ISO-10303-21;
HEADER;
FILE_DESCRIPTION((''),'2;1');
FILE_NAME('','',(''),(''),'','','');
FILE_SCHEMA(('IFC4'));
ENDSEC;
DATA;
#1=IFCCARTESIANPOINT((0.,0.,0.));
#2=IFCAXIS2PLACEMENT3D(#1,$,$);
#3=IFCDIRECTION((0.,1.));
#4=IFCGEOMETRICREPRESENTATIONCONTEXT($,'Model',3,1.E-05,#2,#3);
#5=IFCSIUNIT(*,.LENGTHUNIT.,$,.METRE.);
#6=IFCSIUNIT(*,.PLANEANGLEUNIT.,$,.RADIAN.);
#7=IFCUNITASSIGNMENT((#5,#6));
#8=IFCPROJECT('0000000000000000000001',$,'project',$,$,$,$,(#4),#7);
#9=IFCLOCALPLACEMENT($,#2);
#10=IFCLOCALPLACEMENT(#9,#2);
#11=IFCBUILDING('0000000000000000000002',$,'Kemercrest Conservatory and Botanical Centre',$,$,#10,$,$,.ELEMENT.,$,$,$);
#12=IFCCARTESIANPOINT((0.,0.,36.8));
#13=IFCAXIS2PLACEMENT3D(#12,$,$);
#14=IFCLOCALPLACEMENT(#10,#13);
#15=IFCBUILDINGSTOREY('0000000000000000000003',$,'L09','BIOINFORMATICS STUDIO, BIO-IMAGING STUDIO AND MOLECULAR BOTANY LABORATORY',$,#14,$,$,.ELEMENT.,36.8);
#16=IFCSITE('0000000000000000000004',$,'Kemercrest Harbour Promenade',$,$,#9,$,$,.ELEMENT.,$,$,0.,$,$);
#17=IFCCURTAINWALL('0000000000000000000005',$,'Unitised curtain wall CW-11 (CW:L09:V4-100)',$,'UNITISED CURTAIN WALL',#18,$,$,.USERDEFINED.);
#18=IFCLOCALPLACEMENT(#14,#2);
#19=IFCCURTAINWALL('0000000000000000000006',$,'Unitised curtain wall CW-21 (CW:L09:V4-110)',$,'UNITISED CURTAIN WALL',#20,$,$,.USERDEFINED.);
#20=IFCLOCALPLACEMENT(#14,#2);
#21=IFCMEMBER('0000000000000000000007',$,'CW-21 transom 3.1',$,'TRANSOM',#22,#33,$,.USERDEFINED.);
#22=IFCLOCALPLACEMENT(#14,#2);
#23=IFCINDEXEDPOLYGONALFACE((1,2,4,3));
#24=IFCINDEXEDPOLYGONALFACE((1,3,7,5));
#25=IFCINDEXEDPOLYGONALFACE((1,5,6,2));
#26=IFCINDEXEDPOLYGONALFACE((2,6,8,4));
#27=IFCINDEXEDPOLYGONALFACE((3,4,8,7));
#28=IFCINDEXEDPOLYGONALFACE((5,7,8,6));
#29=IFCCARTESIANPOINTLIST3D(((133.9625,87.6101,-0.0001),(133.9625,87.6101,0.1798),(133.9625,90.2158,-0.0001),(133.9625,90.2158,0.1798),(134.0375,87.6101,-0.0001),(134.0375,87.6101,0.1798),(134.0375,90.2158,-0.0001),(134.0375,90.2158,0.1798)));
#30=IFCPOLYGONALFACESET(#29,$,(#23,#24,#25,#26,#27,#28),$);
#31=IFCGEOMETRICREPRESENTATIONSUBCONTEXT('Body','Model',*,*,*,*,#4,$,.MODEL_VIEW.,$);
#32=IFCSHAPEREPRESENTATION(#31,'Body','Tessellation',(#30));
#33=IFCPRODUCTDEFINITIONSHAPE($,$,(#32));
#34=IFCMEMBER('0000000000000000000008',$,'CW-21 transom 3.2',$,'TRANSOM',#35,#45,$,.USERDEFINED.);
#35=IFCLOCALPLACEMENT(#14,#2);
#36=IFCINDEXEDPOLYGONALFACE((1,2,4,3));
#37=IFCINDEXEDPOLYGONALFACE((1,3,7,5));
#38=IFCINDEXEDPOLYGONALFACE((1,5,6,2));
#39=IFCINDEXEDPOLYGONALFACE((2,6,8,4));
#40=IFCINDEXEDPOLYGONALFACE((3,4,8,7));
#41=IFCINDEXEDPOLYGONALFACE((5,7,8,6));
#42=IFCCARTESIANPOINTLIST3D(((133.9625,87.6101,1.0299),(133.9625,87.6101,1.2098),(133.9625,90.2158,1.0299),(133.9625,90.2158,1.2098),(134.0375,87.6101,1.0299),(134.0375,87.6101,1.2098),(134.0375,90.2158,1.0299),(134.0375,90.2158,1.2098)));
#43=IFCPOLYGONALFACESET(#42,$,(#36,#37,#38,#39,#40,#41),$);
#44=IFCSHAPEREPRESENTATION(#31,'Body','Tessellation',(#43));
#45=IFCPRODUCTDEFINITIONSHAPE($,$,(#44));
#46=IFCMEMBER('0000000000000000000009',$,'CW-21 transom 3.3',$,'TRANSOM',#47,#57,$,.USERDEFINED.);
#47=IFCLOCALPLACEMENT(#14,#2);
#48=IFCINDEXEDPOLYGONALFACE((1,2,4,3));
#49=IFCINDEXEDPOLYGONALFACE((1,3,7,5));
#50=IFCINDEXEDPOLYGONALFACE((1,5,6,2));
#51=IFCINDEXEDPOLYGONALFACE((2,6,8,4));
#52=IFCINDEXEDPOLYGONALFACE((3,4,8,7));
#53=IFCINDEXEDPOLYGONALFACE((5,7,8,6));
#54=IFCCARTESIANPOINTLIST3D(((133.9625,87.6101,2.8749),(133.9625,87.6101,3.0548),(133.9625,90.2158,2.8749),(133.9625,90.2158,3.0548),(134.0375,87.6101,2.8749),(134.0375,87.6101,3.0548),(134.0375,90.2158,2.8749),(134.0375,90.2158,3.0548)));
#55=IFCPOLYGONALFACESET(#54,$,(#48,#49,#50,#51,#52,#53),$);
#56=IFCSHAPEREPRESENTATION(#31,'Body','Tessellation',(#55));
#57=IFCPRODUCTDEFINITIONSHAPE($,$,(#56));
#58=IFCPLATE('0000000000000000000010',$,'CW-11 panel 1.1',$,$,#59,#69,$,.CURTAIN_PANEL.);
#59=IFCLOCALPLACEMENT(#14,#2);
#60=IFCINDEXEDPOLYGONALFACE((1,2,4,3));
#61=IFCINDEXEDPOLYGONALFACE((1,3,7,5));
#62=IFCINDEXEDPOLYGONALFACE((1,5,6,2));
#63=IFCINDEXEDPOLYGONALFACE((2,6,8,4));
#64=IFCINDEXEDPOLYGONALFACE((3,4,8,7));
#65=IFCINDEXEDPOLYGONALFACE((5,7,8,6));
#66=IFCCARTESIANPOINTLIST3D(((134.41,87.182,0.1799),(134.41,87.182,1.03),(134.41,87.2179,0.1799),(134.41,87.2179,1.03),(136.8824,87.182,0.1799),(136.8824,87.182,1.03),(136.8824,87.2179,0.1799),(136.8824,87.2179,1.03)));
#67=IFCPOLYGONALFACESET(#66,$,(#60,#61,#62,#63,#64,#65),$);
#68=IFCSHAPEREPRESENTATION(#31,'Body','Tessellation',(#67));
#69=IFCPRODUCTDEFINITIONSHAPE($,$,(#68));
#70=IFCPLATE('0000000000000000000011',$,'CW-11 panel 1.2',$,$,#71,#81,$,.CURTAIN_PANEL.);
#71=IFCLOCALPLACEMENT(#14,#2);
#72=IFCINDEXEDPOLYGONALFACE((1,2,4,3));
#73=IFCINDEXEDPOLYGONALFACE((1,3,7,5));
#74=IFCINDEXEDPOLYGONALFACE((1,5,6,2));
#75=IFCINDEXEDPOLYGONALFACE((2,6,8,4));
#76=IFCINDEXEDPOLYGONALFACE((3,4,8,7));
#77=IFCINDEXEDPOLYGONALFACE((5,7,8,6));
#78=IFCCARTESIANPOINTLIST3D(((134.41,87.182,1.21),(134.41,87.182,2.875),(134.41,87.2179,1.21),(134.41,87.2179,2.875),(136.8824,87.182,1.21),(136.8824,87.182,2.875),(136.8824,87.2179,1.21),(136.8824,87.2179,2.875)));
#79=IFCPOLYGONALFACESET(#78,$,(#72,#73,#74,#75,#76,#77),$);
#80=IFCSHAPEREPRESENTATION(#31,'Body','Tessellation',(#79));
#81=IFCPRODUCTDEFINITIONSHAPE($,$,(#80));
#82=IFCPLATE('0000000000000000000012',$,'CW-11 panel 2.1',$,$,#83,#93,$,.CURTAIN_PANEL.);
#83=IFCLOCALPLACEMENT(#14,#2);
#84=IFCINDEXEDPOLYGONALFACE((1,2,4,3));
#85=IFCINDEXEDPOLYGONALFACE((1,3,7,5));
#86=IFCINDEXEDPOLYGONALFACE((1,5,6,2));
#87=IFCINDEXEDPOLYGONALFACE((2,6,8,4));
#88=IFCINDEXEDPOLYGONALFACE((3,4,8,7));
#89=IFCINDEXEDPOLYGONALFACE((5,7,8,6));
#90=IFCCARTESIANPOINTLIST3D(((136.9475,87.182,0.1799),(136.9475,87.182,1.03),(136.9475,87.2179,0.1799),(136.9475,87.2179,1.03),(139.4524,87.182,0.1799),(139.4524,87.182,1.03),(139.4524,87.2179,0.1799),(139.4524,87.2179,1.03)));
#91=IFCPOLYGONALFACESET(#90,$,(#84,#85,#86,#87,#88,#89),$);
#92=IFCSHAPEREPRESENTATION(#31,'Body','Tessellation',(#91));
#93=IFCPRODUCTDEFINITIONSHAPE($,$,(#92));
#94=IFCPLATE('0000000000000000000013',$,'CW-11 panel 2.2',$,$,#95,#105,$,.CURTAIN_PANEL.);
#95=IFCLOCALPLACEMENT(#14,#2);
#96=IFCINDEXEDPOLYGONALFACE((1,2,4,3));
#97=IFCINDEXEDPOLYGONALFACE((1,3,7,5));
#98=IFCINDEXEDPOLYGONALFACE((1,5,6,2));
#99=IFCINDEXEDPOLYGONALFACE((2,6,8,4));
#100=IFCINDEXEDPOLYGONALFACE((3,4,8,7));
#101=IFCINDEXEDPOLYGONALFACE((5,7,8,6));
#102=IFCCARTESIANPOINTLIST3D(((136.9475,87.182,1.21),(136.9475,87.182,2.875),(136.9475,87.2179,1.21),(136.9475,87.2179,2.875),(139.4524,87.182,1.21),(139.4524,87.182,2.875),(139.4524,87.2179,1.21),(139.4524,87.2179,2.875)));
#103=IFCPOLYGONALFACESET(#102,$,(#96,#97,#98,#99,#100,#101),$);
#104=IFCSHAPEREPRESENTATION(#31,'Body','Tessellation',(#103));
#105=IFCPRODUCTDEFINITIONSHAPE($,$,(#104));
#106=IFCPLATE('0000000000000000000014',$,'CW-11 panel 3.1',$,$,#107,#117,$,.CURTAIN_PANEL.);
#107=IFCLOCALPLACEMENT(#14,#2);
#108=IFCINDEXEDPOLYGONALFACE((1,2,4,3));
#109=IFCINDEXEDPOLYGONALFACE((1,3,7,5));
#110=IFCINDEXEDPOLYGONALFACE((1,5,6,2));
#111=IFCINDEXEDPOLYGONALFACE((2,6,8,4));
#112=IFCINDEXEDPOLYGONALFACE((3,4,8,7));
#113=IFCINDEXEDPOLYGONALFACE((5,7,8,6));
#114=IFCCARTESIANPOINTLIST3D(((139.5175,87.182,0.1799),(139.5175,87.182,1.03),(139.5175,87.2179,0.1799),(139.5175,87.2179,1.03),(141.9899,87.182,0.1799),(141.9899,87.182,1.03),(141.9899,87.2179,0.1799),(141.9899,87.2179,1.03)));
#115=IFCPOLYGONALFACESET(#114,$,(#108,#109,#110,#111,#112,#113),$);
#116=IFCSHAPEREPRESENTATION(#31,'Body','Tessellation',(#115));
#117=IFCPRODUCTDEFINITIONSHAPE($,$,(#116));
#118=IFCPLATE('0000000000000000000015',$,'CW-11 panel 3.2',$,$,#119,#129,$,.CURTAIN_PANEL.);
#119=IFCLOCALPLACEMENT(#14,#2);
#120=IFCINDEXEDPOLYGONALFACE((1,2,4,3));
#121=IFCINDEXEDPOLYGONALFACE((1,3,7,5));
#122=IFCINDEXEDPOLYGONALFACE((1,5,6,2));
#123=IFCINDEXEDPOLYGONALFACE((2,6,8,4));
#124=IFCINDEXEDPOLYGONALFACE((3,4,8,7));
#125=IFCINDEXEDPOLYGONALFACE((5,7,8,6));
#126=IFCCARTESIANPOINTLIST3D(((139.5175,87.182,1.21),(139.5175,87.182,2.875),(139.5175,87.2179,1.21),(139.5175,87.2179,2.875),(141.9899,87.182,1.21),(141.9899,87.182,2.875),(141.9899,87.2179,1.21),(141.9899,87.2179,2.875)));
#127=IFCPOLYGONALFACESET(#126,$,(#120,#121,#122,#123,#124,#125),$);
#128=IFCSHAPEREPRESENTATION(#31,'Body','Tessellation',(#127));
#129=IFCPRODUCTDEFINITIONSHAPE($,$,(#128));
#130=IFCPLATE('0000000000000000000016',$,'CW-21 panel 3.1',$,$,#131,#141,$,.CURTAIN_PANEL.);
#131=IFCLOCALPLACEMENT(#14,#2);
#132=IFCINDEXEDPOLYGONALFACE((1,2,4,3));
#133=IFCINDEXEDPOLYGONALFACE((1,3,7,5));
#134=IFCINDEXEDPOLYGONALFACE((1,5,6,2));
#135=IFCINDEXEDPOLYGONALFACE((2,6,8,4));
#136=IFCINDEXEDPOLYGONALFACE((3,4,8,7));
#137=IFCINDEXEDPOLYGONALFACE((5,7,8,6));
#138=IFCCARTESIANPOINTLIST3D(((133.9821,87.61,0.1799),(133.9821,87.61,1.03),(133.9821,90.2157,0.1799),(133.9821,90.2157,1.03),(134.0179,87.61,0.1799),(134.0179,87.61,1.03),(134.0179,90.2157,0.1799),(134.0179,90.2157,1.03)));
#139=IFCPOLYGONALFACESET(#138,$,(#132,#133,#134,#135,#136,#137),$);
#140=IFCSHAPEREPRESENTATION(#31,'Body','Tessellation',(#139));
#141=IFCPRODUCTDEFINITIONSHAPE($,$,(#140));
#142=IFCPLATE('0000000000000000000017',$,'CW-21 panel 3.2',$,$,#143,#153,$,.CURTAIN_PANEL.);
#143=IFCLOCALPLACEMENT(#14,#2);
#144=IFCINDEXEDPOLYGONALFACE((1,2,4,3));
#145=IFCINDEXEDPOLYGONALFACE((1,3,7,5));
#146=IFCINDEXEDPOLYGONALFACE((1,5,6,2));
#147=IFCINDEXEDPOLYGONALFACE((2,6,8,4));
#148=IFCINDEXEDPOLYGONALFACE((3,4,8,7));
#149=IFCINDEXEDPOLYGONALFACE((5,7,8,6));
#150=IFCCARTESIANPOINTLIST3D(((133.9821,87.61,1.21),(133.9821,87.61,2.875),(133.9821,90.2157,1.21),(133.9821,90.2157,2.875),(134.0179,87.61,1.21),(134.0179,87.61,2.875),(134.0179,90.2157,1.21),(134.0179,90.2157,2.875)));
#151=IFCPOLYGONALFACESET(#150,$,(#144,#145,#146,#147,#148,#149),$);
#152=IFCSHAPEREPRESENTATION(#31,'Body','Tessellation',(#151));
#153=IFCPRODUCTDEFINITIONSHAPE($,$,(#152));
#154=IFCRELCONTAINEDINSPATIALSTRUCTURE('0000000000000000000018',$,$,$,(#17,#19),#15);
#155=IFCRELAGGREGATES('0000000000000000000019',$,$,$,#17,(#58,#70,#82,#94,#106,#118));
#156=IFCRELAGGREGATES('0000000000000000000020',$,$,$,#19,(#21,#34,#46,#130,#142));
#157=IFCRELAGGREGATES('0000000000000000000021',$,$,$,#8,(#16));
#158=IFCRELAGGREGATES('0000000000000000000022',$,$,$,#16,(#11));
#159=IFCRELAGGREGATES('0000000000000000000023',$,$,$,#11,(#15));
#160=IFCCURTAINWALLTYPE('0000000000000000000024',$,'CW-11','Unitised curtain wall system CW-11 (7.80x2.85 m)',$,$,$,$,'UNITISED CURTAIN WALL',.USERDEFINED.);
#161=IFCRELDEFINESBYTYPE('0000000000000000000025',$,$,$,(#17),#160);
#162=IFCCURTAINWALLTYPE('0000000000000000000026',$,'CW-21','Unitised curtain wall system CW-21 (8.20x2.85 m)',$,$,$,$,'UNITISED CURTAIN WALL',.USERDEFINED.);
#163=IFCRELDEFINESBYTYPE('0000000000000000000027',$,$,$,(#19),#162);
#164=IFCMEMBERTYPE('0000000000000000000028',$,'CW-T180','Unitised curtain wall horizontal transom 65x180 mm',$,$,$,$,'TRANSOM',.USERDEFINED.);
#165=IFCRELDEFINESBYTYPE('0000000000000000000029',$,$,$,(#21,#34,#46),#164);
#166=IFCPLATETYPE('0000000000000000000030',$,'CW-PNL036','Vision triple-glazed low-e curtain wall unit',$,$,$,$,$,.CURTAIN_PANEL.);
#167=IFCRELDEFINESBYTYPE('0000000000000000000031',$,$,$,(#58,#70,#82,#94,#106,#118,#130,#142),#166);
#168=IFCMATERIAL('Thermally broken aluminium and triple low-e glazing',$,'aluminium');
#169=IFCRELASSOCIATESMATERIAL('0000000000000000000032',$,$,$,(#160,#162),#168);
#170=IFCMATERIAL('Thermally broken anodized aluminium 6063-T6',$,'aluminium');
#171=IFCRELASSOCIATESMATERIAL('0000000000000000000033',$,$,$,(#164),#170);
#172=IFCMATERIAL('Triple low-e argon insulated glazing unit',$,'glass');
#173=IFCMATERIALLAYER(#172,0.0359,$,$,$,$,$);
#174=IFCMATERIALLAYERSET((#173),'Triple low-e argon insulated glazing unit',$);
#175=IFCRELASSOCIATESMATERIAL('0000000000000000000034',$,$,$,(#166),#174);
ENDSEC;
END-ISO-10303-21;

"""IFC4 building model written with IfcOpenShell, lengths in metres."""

from ifc_helpers import new_model, si_unit, direction, frame, origin, origin_2d, place, context, subcontext, project, spatial, rectangle, extrude, material, layer, layer_set, material_profile, profile_set, type_object, element, aggregate, save


model = new_model("IFC4")

# Units and contexts
model_context = context("Model", 3, precision=1e-05, world=origin(), true_north=direction((0.0, 1.0)))
body_context = subcontext(model_context, "Body", "Model", "MODEL_VIEW")
ifc_project = project(units=[si_unit("LENGTHUNIT", "METRE"), si_unit("PLANEANGLEUNIT", "RADIAN")], contexts=[model_context])

# Site, building, storey
site_placement = place(None, origin())
site = spatial("IfcSite", under=ifc_project, at=site_placement, Name="Kemercrest Harbour Promenade", CompositionType="ELEMENT", RefElevation=0.0)
building_placement = place(site_placement, origin())
building = spatial("IfcBuilding", under=site, at=building_placement, Name="Kemercrest Conservatory and Botanical Centre", CompositionType="ELEMENT")
storey_placement = place(building_placement, frame((0.0, 0.0, 36.8)))
storey = spatial("IfcBuildingStorey", under=building, at=storey_placement, Name="L09", Description="BIOINFORMATICS STUDIO, BIO-IMAGING STUDIO AND MOLECULAR BOTANY LABORATORY", CompositionType="ELEMENT", Elevation=36.8)

# Curtain walls
ifc_material_1 = material(Name="Thermally broken aluminium and triple low-e glazing", Category="aluminium")
curtain_wall_type_1 = type_object("IfcCurtainWallType", Name="CW-11", Description="Unitised curtain wall system CW-11 (7.80x2.85 m)", ElementType="UNITISED CURTAIN WALL", PredefinedType="USERDEFINED", material=ifc_material_1)
curtain_wall_1_placement = place(storey_placement, origin())
curtain_wall_1 = element("IfcCurtainWall", 1, at=curtain_wall_1_placement, inside=storey, type_object=curtain_wall_type_1, Name="Unitised curtain wall CW-11 (CW:L09:V4-100)", ObjectType="UNITISED CURTAIN WALL", PredefinedType="USERDEFINED")
ifc_material_2 = material(Name="Thermally broken anodized aluminium 6063-T6", Category="aluminium")
curtain_wall_type_2 = type_object("IfcCurtainWallType", Name="CW-21", Description="Unitised curtain wall system CW-21 (8.20x2.85 m)", ElementType="UNITISED CURTAIN WALL", PredefinedType="USERDEFINED", material=ifc_material_1)
curtain_wall_2_placement = place(storey_placement, origin())
curtain_wall_2 = element("IfcCurtainWall", 2, at=curtain_wall_2_placement, inside=storey, type_object=curtain_wall_type_2, Name="Unitised curtain wall CW-21 (CW:L09:V4-110)", ObjectType="UNITISED CURTAIN WALL", PredefinedType="USERDEFINED")

# Members
ifc_material_profile_1 = material_profile(ifc_material_2, rectangle(XDim=0.075, YDim=0.1799, at=origin_2d()), Name="AL TRANSOM 75x180")
ifc_profile_set_1 = profile_set([ifc_material_profile_1], Name="Thermally broken anodized aluminium 6063-T6")
member_type_1 = type_object("IfcMemberType", Name="CW-T180", Description="Unitised curtain wall horizontal transom 65x180 mm", ElementType="TRANSOM", PredefinedType="USERDEFINED", material=ifc_profile_set_1)
member_1_placement = place(storey_placement, frame((134.0, 90.2158, 0.0898), z_axis=(0.0, -1.0, 0.0), x_axis=(1.0, 0.0, 0.0)))
member_1 = element("IfcMember", 3, at=member_1_placement, type_object=member_type_1, Name="CW-21 transom 3.1", ObjectType="TRANSOM", PredefinedType="USERDEFINED", context=body_context, shape_type="SweptSolid", body=[
    extrude(rectangle(XDim=0.075, YDim=0.1799, at=origin_2d()), origin(), (0.0, 0.0, 1.0), 2.6057),
])
member_2_placement = place(storey_placement, frame((134.0, 90.2158, 1.1199), z_axis=(0.0, -1.0, 0.0), x_axis=(1.0, 0.0, 0.0)))
member_2 = element("IfcMember", 4, at=member_2_placement, type_object=member_type_1, Name="CW-21 transom 3.2", ObjectType="TRANSOM", PredefinedType="USERDEFINED", context=body_context, shape_type="SweptSolid", body=[
    extrude(rectangle(XDim=0.075, YDim=0.1799, at=origin_2d()), origin(), (0.0, 0.0, 1.0), 2.6057),
])
member_3_placement = place(storey_placement, frame((134.0, 90.2158, 2.9648), z_axis=(0.0, -1.0, 0.0), x_axis=(1.0, 0.0, 0.0)))
member_3 = element("IfcMember", 5, at=member_3_placement, type_object=member_type_1, Name="CW-21 transom 3.3", ObjectType="TRANSOM", PredefinedType="USERDEFINED", context=body_context, shape_type="SweptSolid", body=[
    extrude(rectangle(XDim=0.075, YDim=0.1799, at=origin_2d()), origin(), (0.0, 0.0, 1.0), 2.6057),
])

# Plates
ifc_material_3 = material(Name="Triple low-e argon insulated glazing unit", Category="glass")
ifc_layer = layer(ifc_material_3, 0.0359)
ifc_layer_set = layer_set([ifc_layer], Name="Triple low-e argon insulated glazing unit")
plate_type = type_object("IfcPlateType", Name="CW-PNL036", Description="Vision triple-glazed low-e curtain wall unit", PredefinedType="CURTAIN_PANEL", material=ifc_layer_set)
plate_1_placement = place(storey_placement, frame((135.6462, 87.2, 0.1799), z_axis=(0.0, 0.0, 1.0), x_axis=(1.0, 0.0, 0.0)))
plate_1 = element("IfcPlate", 6, at=plate_1_placement, type_object=plate_type, Name="CW-11 panel 1.1", PredefinedType="CURTAIN_PANEL", context=body_context, shape_type="SweptSolid", body=[
    extrude(rectangle(XDim=2.4724, YDim=0.0359, at=origin_2d()), origin(), (0.0, 0.0, 1.0), 0.8501),
])
plate_2_placement = place(storey_placement, frame((135.6462, 87.2, 1.21), z_axis=(0.0, 0.0, 1.0), x_axis=(1.0, 0.0, 0.0)))
plate_2 = element("IfcPlate", 7, at=plate_2_placement, type_object=plate_type, Name="CW-11 panel 1.2", PredefinedType="CURTAIN_PANEL", context=body_context, shape_type="SweptSolid", body=[
    extrude(rectangle(XDim=2.4724, YDim=0.0359, at=origin_2d()), origin(), (0.0, 0.0, 1.0), 1.665),
])
plate_3_placement = place(storey_placement, frame((138.2, 87.2, 0.1799), z_axis=(0.0, 0.0, 1.0), x_axis=(1.0, 0.0, 0.0)))
plate_3 = element("IfcPlate", 8, at=plate_3_placement, type_object=plate_type, Name="CW-11 panel 2.1", PredefinedType="CURTAIN_PANEL", context=body_context, shape_type="SweptSolid", body=[
    extrude(rectangle(XDim=2.5049, YDim=0.0359, at=origin_2d()), origin(), (0.0, 0.0, 1.0), 0.8501),
])
plate_4_placement = place(storey_placement, frame((138.2, 87.2, 1.21), z_axis=(0.0, 0.0, 1.0), x_axis=(1.0, 0.0, 0.0)))
plate_4 = element("IfcPlate", 9, at=plate_4_placement, type_object=plate_type, Name="CW-11 panel 2.2", PredefinedType="CURTAIN_PANEL", context=body_context, shape_type="SweptSolid", body=[
    extrude(rectangle(XDim=2.5049, YDim=0.0359, at=origin_2d()), origin(), (0.0, 0.0, 1.0), 1.665),
])
plate_5_placement = place(storey_placement, frame((140.7537, 87.2, 0.1799), z_axis=(0.0, 0.0, 1.0), x_axis=(1.0, 0.0, 0.0)))
plate_5 = element("IfcPlate", 10, at=plate_5_placement, type_object=plate_type, Name="CW-11 panel 3.1", PredefinedType="CURTAIN_PANEL", context=body_context, shape_type="SweptSolid", body=[
    extrude(rectangle(XDim=2.4724, YDim=0.0359, at=origin_2d()), origin(), (0.0, 0.0, 1.0), 0.8501),
])
plate_6_placement = place(storey_placement, frame((140.7537, 87.2, 1.21), z_axis=(0.0, 0.0, 1.0), x_axis=(1.0, 0.0, 0.0)))
plate_6 = element("IfcPlate", 11, at=plate_6_placement, type_object=plate_type, Name="CW-11 panel 3.2", PredefinedType="CURTAIN_PANEL", context=body_context, shape_type="SweptSolid", body=[
    extrude(rectangle(XDim=2.4724, YDim=0.0359, at=origin_2d()), origin(), (0.0, 0.0, 1.0), 1.665),
])
aggregate(curtain_wall_1, [plate_1, plate_2, plate_3, plate_4, plate_5, plate_6])
plate_7_placement = place(storey_placement, frame((134.0, 88.9128, 0.1799), z_axis=(0.0, 0.0, 1.0), x_axis=(0.0, -1.0, 0.0)))
plate_7 = element("IfcPlate", 12, at=plate_7_placement, type_object=plate_type, Name="CW-21 panel 3.1", PredefinedType="CURTAIN_PANEL", context=body_context, shape_type="SweptSolid", body=[
    extrude(rectangle(XDim=2.6057, YDim=0.0359, at=origin_2d()), origin(), (0.0, 0.0, 1.0), 0.8501),
])
plate_8_placement = place(storey_placement, frame((134.0, 88.9128, 1.21), z_axis=(0.0, 0.0, 1.0), x_axis=(0.0, -1.0, 0.0)))
plate_8 = element("IfcPlate", 13, at=plate_8_placement, type_object=plate_type, Name="CW-21 panel 3.2", PredefinedType="CURTAIN_PANEL", context=body_context, shape_type="SweptSolid", body=[
    extrude(rectangle(XDim=2.6057, YDim=0.0359, at=origin_2d()), origin(), (0.0, 0.0, 1.0), 1.665),
])
aggregate(curtain_wall_2, [member_1, member_2, member_3, plate_7, plate_8])

save(model, "model.ifc")
